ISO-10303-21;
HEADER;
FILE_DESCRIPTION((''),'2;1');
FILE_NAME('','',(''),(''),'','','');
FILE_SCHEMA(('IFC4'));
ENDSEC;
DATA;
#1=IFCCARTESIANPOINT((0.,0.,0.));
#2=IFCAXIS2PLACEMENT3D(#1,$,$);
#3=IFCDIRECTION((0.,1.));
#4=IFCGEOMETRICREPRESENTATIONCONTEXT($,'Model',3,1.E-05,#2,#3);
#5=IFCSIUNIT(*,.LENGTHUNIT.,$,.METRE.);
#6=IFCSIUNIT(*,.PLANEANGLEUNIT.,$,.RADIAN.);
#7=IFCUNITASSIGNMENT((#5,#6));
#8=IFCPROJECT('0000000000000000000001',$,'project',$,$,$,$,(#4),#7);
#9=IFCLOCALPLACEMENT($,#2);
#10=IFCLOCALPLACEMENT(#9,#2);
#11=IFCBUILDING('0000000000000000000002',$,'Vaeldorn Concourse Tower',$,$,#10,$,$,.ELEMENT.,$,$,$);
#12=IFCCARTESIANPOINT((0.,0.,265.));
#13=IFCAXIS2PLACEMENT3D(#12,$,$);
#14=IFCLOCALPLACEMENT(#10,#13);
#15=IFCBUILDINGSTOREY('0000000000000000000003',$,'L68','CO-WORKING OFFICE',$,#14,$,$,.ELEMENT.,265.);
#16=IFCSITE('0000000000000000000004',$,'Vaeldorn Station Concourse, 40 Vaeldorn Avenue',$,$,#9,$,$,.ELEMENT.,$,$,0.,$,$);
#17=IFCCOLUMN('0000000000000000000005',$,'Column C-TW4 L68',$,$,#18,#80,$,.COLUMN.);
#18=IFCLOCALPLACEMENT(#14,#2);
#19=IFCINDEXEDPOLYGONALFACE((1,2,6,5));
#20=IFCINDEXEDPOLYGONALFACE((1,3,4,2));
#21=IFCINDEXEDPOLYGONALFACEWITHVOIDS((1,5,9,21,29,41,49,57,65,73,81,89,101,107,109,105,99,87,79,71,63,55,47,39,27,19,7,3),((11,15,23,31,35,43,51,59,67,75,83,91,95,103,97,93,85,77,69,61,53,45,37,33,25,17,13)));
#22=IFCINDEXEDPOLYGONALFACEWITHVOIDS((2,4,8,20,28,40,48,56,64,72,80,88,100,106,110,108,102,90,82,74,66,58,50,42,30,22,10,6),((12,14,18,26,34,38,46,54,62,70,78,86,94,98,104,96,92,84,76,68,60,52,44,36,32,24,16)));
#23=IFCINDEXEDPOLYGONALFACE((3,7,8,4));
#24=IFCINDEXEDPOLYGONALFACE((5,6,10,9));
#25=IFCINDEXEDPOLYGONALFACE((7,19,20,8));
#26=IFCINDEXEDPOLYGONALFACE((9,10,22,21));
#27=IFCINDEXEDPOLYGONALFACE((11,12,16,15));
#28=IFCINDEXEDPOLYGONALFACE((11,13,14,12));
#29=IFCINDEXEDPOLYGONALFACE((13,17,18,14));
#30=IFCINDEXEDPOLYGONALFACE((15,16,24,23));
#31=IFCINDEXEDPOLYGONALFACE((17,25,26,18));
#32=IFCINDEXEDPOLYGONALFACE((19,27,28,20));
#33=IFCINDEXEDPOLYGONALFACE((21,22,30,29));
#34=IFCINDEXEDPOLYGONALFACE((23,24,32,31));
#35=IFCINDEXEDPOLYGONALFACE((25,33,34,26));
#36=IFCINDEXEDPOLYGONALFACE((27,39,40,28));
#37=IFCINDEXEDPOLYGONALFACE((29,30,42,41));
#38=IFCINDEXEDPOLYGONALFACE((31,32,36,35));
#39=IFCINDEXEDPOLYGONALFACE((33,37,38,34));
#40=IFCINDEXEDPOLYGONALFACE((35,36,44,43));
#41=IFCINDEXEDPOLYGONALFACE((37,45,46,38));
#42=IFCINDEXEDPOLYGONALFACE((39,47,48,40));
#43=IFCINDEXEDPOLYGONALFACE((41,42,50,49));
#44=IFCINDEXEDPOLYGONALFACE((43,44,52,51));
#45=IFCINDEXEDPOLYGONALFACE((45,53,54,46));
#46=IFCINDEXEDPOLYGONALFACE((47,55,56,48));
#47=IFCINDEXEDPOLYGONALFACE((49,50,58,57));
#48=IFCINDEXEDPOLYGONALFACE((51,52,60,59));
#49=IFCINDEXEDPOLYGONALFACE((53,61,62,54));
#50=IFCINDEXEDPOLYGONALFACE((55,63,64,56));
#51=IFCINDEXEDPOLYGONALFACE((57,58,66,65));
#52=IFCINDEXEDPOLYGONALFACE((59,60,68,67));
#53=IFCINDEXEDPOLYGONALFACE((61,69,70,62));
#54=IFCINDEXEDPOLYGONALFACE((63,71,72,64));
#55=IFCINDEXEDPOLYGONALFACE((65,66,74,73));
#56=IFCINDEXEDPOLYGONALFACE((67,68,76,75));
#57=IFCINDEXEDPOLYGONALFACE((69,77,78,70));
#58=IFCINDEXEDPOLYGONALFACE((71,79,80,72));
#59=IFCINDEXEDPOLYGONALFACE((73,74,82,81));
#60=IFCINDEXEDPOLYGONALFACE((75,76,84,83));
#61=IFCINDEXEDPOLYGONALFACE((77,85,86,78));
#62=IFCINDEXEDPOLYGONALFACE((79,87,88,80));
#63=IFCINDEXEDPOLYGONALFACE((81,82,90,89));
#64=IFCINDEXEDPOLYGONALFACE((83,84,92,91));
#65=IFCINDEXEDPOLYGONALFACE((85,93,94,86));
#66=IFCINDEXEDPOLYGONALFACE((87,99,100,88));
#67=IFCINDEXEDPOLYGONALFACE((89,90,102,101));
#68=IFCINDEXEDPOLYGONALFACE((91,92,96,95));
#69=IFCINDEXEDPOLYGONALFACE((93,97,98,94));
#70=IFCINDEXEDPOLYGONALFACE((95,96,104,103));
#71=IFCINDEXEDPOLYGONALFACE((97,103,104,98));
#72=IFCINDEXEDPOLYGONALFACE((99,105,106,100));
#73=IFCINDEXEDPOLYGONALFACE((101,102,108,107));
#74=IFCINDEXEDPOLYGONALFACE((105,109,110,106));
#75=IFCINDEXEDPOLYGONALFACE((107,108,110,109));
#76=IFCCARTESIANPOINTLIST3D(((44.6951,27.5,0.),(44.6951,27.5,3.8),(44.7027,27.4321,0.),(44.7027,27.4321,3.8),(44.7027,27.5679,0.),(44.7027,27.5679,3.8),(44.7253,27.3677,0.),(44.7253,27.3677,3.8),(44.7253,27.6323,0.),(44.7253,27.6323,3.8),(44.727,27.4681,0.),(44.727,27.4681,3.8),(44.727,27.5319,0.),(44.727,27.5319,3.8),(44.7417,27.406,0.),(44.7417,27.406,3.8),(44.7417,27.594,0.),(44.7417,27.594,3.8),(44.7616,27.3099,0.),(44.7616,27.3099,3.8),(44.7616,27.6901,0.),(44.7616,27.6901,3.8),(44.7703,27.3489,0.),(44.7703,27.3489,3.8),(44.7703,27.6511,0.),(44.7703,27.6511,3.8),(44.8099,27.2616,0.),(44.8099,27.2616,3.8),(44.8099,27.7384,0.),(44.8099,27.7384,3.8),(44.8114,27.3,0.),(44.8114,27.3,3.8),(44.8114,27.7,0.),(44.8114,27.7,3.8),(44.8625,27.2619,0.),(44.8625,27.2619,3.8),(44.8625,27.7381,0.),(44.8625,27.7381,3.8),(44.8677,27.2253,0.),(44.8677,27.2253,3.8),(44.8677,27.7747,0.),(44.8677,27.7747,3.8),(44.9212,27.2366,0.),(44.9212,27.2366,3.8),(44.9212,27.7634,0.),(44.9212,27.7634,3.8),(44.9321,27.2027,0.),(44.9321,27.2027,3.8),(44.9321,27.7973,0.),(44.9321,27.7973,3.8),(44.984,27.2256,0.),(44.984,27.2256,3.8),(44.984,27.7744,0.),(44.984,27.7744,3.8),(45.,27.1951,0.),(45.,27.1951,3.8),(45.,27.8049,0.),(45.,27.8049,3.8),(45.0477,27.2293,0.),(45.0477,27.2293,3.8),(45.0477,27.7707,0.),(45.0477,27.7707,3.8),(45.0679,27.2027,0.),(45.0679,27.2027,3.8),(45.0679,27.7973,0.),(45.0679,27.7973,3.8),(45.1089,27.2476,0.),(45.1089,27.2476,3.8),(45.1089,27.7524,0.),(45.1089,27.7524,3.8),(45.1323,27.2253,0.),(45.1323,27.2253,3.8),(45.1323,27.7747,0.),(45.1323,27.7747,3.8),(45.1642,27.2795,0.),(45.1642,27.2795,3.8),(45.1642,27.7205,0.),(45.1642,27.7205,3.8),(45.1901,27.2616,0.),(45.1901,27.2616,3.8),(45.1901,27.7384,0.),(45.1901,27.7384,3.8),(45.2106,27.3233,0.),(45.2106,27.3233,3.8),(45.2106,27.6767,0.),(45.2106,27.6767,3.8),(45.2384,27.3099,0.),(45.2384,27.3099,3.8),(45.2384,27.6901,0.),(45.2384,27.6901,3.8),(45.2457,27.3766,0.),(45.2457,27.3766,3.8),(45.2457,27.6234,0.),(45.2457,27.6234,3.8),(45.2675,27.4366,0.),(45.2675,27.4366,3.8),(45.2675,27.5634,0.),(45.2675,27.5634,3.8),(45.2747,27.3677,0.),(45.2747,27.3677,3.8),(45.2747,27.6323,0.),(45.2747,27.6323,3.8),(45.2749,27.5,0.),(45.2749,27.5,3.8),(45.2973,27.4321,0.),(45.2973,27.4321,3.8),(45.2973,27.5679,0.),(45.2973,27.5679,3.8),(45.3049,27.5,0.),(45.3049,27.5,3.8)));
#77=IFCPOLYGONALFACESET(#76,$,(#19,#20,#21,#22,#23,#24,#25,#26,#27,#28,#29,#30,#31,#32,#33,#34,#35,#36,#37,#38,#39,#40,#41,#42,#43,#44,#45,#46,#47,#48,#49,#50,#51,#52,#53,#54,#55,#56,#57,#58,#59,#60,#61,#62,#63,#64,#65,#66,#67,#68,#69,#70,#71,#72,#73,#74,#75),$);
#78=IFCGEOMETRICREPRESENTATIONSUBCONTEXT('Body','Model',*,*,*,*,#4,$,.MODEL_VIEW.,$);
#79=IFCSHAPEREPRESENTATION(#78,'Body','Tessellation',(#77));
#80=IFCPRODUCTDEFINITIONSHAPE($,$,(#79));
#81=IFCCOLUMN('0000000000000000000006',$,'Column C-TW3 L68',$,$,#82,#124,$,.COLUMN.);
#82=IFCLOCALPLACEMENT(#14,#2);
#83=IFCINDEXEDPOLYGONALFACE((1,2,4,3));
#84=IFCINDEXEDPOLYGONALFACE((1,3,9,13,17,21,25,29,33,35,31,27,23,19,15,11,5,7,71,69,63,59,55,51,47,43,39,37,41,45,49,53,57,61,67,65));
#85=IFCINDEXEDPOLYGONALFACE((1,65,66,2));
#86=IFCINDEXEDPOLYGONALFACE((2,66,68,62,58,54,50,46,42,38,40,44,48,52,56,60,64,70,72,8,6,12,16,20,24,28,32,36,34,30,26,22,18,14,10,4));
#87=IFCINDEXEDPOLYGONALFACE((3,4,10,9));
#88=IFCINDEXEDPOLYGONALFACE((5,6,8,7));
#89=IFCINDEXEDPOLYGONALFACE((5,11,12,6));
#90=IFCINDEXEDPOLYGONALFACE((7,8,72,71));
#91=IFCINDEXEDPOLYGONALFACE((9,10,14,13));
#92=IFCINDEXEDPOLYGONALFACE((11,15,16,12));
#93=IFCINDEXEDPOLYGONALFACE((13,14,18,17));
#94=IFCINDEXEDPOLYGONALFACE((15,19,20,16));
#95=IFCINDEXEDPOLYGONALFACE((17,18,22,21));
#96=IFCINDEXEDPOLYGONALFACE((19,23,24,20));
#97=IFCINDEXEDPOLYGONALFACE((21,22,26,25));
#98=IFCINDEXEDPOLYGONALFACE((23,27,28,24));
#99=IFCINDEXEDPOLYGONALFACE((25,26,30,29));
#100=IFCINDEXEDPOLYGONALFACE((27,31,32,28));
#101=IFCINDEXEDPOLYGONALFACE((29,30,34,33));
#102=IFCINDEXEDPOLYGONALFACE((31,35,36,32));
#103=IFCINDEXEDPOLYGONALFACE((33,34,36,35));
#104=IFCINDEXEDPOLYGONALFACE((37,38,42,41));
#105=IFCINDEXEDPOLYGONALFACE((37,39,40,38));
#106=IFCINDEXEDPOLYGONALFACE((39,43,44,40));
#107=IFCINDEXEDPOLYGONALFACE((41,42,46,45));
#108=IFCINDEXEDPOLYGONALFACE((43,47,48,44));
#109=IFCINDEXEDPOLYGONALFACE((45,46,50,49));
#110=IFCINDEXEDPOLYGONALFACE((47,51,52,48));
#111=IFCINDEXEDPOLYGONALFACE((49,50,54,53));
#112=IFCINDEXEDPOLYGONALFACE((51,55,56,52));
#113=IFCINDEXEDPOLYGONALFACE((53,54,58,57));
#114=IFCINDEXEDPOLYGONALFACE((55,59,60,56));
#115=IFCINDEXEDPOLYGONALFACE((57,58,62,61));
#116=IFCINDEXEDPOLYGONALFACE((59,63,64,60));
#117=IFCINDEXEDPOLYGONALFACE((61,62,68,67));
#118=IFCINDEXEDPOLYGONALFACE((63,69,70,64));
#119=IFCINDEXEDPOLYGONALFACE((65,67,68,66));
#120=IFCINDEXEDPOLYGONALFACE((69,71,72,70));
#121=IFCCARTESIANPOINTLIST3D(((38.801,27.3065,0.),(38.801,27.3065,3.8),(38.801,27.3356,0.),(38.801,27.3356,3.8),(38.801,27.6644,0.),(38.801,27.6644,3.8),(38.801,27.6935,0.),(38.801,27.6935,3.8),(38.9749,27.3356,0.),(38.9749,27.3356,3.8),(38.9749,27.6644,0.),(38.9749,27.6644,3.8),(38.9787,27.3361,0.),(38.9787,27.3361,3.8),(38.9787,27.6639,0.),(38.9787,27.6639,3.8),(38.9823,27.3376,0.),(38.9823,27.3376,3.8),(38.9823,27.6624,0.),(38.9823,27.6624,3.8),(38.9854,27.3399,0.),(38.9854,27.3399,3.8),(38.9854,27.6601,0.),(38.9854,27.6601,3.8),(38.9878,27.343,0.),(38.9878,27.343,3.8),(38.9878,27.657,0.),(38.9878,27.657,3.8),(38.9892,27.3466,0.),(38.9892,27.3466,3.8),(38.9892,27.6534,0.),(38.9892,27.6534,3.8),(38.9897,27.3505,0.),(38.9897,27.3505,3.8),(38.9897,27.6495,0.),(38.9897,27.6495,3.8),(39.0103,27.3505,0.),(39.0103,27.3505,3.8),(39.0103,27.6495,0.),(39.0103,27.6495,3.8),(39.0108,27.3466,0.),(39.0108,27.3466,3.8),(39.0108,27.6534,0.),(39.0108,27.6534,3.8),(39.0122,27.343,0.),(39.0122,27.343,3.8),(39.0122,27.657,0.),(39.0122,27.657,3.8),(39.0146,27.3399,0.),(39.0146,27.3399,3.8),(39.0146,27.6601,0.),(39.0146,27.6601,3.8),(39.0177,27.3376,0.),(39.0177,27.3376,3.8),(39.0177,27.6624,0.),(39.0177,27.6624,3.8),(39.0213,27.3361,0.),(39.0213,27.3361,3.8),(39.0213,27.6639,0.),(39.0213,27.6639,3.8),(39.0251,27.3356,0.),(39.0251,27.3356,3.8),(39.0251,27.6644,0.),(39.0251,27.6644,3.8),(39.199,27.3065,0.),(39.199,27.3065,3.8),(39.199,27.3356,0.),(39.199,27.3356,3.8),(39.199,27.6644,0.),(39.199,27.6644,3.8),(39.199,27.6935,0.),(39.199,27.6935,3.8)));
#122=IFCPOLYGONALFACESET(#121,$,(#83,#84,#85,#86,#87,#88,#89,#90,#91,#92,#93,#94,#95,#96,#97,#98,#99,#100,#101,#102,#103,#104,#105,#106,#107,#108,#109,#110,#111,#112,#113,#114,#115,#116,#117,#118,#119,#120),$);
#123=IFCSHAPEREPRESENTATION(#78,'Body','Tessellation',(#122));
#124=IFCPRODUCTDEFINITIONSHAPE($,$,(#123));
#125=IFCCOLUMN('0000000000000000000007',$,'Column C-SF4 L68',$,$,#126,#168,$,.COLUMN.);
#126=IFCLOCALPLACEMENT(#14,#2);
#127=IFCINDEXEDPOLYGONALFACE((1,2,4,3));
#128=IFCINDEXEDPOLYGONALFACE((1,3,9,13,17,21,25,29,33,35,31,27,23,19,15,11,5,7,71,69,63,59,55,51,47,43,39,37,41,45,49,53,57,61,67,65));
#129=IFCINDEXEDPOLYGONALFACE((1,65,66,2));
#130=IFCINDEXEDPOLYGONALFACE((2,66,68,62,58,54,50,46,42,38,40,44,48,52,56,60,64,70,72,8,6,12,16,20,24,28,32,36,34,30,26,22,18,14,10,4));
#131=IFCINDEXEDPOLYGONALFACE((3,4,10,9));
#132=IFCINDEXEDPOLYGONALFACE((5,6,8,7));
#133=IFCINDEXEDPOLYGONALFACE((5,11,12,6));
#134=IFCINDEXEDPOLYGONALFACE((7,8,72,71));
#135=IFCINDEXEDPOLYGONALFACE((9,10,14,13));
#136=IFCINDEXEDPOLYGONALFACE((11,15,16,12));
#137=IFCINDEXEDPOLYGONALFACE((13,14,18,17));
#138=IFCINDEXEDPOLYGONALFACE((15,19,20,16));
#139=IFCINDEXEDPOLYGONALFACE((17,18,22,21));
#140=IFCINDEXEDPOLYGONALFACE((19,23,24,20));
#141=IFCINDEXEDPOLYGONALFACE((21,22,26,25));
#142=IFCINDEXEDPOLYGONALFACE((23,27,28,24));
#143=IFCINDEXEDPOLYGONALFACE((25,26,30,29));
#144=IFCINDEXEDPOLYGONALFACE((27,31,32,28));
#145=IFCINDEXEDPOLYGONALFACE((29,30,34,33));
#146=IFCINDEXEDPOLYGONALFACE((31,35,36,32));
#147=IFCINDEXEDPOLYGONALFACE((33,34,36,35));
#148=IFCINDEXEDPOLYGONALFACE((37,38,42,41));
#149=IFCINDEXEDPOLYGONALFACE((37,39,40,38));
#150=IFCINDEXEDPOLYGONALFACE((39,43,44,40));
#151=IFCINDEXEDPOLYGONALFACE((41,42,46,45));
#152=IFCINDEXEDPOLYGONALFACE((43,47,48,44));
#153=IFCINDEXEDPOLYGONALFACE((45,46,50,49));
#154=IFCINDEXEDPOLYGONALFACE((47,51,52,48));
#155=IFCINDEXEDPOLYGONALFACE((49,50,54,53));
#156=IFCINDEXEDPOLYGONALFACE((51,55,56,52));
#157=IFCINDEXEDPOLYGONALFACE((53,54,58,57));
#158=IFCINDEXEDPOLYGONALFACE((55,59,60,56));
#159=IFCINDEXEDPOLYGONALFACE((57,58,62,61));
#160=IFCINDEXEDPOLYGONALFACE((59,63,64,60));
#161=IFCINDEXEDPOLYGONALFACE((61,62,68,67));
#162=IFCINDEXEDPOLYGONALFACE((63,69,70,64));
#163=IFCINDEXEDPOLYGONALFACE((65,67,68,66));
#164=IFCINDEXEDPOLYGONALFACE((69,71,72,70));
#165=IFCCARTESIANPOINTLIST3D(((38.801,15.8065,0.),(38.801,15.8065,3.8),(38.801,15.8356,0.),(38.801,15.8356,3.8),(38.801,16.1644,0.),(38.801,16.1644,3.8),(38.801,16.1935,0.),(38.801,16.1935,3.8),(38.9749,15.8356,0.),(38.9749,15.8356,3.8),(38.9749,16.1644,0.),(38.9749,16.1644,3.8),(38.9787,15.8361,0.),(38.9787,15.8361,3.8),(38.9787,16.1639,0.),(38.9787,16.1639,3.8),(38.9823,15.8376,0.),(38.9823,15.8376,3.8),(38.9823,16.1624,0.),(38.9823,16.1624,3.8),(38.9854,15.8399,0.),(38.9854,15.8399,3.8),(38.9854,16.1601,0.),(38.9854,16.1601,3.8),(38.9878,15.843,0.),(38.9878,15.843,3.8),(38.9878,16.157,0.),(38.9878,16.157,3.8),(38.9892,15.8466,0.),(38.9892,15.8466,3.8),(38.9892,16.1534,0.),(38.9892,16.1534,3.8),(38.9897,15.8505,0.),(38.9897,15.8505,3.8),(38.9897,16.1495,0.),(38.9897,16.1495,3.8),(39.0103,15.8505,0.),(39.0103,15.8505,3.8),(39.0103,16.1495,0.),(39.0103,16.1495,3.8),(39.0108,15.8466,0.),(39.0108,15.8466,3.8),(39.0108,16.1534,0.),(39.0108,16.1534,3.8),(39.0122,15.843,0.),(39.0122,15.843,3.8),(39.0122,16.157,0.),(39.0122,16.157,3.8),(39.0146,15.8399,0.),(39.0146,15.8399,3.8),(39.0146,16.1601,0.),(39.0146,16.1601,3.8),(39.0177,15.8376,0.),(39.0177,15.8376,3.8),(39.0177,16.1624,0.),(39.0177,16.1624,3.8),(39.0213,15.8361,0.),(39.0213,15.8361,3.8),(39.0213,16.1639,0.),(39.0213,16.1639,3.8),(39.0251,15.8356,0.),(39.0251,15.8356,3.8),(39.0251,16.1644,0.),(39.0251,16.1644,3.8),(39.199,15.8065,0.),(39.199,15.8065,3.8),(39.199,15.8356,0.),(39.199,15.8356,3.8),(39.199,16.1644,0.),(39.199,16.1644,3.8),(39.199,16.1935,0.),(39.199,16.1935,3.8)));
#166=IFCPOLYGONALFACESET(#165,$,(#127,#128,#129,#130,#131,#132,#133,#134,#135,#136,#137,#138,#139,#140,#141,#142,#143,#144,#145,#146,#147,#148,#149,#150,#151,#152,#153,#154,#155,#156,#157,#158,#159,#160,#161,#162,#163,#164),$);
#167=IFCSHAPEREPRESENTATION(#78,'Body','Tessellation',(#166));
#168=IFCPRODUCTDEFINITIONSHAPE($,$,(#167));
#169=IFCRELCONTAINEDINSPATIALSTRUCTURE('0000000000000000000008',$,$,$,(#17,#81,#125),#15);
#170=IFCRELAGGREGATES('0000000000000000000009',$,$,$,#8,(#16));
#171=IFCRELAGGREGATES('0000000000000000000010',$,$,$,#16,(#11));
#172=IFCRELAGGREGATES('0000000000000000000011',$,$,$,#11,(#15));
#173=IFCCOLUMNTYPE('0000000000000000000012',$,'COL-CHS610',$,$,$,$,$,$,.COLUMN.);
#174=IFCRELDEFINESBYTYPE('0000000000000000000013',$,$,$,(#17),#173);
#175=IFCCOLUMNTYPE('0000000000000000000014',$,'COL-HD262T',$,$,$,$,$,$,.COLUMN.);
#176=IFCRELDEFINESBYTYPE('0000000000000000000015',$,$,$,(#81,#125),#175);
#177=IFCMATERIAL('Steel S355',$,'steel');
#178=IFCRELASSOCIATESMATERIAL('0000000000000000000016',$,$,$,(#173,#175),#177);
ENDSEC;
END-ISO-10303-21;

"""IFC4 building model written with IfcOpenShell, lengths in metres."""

from ifc_helpers import new_model, si_unit, direction, frame, origin, origin_2d, place, context, subcontext, project, spatial, hollow_circle, i_section, extrude, source, transform, mapped, material, material_profile, profile_set, type_object, element, save


model = new_model("IFC4")

# Units and contexts
model_context = context("Model", 3, precision=1e-05, world=origin(), true_north=direction((0.0, 1.0)))
body_context = subcontext(model_context, "Body", "Model", "MODEL_VIEW")
ifc_project = project(units=[si_unit("LENGTHUNIT", "METRE"), si_unit("PLANEANGLEUNIT", "RADIAN")], contexts=[model_context])

# Site, building, storey
site_placement = place(None, origin())
site = spatial("IfcSite", under=ifc_project, at=site_placement, Name="Vaeldorn Station Concourse, 40 Vaeldorn Avenue", CompositionType="ELEMENT", RefElevation=0.0)
building_placement = place(site_placement, origin())
building = spatial("IfcBuilding", under=site, at=building_placement, Name="Vaeldorn Concourse Tower", CompositionType="ELEMENT")
storey_placement = place(building_placement, frame((0.0, 0.0, 265.0)))
storey = spatial("IfcBuildingStorey", under=building, at=storey_placement, Name="L68", Description="CO-WORKING OFFICE", CompositionType="ELEMENT", Elevation=265.0)

# Columns
ifc_material_1 = material(Name="Steel S355", Category="steel")
ifc_material_profile_1 = material_profile(ifc_material_1, hollow_circle(Radius=0.3049, WallThickness=0.03, at=origin_2d()), Name="CHS 610x30")
ifc_profile_set_1 = profile_set([ifc_material_profile_1], Name="Steel S355")
column_type_1 = type_object("IfcColumnType", Name="COL-CHS610", PredefinedType="COLUMN", material=ifc_profile_set_1)
shared_shape_1 = source(origin(), body_context, "Body", "SweptSolid", [
    extrude(hollow_circle(Radius=0.3049, WallThickness=0.03, at=origin_2d()), origin(), (0.0, 0.0, 1.0), 3.8),
])
column_placement = place(storey_placement, frame((45.0, 27.5, 0.0), z_axis=(0.0, 0.0, 1.0), x_axis=(1.0, 0.0, 0.0)))
element("IfcColumn", 1, at=column_placement, inside=storey, type_object=column_type_1, Name="Column C-TW4 L68", PredefinedType="COLUMN", context=body_context, shape_type="MappedRepresentation", body=[
    mapped(shared_shape_1, transform((0.0, 0.0, 0.0), scale=1.0)),
])
ifc_material_profile_2 = material_profile(ifc_material_1, i_section(OverallWidth=0.3979, OverallDepth=0.387, WebThickness=0.0205, FlangeThickness=0.0291, FilletRadius=0.0149, at=origin_2d()), Name="HD 400x262")
ifc_profile_set_2 = profile_set([ifc_material_profile_2], Name="Steel S355")
column_type_2 = type_object("IfcColumnType", Name="COL-HD262T", PredefinedType="COLUMN", material=ifc_profile_set_2)
shared_shape_2 = source(origin(), body_context, "Body", "SweptSolid", [
    extrude(i_section(OverallWidth=0.3979, OverallDepth=0.387, WebThickness=0.0205, FlangeThickness=0.0291, FilletRadius=0.0149, at=origin_2d()), origin(), (0.0, 0.0, 1.0), 3.8),
])
for number, where, z_axis, x_axis, name in (
    (2, (39.0, 27.5, 0.0), (0.0, 0.0, 1.0), (1.0, 0.0, 0.0), "Column C-TW3 L68"),
    (3, (39.0, 16.0, 0.0), (0.0, 0.0, 1.0), (1.0, 0.0, 0.0), "Column C-SF4 L68"),
):
    element("IfcColumn", number, at=place(storey_placement, frame(where, z_axis=z_axis, x_axis=x_axis)), inside=storey, type_object=column_type_2, Name=name, PredefinedType="COLUMN", context=body_context, shape_type="MappedRepresentation", body=[
        mapped(shared_shape_2, transform((0.0, 0.0, 0.0), scale=1.0)),
    ])

save(model, "model.ifc")
